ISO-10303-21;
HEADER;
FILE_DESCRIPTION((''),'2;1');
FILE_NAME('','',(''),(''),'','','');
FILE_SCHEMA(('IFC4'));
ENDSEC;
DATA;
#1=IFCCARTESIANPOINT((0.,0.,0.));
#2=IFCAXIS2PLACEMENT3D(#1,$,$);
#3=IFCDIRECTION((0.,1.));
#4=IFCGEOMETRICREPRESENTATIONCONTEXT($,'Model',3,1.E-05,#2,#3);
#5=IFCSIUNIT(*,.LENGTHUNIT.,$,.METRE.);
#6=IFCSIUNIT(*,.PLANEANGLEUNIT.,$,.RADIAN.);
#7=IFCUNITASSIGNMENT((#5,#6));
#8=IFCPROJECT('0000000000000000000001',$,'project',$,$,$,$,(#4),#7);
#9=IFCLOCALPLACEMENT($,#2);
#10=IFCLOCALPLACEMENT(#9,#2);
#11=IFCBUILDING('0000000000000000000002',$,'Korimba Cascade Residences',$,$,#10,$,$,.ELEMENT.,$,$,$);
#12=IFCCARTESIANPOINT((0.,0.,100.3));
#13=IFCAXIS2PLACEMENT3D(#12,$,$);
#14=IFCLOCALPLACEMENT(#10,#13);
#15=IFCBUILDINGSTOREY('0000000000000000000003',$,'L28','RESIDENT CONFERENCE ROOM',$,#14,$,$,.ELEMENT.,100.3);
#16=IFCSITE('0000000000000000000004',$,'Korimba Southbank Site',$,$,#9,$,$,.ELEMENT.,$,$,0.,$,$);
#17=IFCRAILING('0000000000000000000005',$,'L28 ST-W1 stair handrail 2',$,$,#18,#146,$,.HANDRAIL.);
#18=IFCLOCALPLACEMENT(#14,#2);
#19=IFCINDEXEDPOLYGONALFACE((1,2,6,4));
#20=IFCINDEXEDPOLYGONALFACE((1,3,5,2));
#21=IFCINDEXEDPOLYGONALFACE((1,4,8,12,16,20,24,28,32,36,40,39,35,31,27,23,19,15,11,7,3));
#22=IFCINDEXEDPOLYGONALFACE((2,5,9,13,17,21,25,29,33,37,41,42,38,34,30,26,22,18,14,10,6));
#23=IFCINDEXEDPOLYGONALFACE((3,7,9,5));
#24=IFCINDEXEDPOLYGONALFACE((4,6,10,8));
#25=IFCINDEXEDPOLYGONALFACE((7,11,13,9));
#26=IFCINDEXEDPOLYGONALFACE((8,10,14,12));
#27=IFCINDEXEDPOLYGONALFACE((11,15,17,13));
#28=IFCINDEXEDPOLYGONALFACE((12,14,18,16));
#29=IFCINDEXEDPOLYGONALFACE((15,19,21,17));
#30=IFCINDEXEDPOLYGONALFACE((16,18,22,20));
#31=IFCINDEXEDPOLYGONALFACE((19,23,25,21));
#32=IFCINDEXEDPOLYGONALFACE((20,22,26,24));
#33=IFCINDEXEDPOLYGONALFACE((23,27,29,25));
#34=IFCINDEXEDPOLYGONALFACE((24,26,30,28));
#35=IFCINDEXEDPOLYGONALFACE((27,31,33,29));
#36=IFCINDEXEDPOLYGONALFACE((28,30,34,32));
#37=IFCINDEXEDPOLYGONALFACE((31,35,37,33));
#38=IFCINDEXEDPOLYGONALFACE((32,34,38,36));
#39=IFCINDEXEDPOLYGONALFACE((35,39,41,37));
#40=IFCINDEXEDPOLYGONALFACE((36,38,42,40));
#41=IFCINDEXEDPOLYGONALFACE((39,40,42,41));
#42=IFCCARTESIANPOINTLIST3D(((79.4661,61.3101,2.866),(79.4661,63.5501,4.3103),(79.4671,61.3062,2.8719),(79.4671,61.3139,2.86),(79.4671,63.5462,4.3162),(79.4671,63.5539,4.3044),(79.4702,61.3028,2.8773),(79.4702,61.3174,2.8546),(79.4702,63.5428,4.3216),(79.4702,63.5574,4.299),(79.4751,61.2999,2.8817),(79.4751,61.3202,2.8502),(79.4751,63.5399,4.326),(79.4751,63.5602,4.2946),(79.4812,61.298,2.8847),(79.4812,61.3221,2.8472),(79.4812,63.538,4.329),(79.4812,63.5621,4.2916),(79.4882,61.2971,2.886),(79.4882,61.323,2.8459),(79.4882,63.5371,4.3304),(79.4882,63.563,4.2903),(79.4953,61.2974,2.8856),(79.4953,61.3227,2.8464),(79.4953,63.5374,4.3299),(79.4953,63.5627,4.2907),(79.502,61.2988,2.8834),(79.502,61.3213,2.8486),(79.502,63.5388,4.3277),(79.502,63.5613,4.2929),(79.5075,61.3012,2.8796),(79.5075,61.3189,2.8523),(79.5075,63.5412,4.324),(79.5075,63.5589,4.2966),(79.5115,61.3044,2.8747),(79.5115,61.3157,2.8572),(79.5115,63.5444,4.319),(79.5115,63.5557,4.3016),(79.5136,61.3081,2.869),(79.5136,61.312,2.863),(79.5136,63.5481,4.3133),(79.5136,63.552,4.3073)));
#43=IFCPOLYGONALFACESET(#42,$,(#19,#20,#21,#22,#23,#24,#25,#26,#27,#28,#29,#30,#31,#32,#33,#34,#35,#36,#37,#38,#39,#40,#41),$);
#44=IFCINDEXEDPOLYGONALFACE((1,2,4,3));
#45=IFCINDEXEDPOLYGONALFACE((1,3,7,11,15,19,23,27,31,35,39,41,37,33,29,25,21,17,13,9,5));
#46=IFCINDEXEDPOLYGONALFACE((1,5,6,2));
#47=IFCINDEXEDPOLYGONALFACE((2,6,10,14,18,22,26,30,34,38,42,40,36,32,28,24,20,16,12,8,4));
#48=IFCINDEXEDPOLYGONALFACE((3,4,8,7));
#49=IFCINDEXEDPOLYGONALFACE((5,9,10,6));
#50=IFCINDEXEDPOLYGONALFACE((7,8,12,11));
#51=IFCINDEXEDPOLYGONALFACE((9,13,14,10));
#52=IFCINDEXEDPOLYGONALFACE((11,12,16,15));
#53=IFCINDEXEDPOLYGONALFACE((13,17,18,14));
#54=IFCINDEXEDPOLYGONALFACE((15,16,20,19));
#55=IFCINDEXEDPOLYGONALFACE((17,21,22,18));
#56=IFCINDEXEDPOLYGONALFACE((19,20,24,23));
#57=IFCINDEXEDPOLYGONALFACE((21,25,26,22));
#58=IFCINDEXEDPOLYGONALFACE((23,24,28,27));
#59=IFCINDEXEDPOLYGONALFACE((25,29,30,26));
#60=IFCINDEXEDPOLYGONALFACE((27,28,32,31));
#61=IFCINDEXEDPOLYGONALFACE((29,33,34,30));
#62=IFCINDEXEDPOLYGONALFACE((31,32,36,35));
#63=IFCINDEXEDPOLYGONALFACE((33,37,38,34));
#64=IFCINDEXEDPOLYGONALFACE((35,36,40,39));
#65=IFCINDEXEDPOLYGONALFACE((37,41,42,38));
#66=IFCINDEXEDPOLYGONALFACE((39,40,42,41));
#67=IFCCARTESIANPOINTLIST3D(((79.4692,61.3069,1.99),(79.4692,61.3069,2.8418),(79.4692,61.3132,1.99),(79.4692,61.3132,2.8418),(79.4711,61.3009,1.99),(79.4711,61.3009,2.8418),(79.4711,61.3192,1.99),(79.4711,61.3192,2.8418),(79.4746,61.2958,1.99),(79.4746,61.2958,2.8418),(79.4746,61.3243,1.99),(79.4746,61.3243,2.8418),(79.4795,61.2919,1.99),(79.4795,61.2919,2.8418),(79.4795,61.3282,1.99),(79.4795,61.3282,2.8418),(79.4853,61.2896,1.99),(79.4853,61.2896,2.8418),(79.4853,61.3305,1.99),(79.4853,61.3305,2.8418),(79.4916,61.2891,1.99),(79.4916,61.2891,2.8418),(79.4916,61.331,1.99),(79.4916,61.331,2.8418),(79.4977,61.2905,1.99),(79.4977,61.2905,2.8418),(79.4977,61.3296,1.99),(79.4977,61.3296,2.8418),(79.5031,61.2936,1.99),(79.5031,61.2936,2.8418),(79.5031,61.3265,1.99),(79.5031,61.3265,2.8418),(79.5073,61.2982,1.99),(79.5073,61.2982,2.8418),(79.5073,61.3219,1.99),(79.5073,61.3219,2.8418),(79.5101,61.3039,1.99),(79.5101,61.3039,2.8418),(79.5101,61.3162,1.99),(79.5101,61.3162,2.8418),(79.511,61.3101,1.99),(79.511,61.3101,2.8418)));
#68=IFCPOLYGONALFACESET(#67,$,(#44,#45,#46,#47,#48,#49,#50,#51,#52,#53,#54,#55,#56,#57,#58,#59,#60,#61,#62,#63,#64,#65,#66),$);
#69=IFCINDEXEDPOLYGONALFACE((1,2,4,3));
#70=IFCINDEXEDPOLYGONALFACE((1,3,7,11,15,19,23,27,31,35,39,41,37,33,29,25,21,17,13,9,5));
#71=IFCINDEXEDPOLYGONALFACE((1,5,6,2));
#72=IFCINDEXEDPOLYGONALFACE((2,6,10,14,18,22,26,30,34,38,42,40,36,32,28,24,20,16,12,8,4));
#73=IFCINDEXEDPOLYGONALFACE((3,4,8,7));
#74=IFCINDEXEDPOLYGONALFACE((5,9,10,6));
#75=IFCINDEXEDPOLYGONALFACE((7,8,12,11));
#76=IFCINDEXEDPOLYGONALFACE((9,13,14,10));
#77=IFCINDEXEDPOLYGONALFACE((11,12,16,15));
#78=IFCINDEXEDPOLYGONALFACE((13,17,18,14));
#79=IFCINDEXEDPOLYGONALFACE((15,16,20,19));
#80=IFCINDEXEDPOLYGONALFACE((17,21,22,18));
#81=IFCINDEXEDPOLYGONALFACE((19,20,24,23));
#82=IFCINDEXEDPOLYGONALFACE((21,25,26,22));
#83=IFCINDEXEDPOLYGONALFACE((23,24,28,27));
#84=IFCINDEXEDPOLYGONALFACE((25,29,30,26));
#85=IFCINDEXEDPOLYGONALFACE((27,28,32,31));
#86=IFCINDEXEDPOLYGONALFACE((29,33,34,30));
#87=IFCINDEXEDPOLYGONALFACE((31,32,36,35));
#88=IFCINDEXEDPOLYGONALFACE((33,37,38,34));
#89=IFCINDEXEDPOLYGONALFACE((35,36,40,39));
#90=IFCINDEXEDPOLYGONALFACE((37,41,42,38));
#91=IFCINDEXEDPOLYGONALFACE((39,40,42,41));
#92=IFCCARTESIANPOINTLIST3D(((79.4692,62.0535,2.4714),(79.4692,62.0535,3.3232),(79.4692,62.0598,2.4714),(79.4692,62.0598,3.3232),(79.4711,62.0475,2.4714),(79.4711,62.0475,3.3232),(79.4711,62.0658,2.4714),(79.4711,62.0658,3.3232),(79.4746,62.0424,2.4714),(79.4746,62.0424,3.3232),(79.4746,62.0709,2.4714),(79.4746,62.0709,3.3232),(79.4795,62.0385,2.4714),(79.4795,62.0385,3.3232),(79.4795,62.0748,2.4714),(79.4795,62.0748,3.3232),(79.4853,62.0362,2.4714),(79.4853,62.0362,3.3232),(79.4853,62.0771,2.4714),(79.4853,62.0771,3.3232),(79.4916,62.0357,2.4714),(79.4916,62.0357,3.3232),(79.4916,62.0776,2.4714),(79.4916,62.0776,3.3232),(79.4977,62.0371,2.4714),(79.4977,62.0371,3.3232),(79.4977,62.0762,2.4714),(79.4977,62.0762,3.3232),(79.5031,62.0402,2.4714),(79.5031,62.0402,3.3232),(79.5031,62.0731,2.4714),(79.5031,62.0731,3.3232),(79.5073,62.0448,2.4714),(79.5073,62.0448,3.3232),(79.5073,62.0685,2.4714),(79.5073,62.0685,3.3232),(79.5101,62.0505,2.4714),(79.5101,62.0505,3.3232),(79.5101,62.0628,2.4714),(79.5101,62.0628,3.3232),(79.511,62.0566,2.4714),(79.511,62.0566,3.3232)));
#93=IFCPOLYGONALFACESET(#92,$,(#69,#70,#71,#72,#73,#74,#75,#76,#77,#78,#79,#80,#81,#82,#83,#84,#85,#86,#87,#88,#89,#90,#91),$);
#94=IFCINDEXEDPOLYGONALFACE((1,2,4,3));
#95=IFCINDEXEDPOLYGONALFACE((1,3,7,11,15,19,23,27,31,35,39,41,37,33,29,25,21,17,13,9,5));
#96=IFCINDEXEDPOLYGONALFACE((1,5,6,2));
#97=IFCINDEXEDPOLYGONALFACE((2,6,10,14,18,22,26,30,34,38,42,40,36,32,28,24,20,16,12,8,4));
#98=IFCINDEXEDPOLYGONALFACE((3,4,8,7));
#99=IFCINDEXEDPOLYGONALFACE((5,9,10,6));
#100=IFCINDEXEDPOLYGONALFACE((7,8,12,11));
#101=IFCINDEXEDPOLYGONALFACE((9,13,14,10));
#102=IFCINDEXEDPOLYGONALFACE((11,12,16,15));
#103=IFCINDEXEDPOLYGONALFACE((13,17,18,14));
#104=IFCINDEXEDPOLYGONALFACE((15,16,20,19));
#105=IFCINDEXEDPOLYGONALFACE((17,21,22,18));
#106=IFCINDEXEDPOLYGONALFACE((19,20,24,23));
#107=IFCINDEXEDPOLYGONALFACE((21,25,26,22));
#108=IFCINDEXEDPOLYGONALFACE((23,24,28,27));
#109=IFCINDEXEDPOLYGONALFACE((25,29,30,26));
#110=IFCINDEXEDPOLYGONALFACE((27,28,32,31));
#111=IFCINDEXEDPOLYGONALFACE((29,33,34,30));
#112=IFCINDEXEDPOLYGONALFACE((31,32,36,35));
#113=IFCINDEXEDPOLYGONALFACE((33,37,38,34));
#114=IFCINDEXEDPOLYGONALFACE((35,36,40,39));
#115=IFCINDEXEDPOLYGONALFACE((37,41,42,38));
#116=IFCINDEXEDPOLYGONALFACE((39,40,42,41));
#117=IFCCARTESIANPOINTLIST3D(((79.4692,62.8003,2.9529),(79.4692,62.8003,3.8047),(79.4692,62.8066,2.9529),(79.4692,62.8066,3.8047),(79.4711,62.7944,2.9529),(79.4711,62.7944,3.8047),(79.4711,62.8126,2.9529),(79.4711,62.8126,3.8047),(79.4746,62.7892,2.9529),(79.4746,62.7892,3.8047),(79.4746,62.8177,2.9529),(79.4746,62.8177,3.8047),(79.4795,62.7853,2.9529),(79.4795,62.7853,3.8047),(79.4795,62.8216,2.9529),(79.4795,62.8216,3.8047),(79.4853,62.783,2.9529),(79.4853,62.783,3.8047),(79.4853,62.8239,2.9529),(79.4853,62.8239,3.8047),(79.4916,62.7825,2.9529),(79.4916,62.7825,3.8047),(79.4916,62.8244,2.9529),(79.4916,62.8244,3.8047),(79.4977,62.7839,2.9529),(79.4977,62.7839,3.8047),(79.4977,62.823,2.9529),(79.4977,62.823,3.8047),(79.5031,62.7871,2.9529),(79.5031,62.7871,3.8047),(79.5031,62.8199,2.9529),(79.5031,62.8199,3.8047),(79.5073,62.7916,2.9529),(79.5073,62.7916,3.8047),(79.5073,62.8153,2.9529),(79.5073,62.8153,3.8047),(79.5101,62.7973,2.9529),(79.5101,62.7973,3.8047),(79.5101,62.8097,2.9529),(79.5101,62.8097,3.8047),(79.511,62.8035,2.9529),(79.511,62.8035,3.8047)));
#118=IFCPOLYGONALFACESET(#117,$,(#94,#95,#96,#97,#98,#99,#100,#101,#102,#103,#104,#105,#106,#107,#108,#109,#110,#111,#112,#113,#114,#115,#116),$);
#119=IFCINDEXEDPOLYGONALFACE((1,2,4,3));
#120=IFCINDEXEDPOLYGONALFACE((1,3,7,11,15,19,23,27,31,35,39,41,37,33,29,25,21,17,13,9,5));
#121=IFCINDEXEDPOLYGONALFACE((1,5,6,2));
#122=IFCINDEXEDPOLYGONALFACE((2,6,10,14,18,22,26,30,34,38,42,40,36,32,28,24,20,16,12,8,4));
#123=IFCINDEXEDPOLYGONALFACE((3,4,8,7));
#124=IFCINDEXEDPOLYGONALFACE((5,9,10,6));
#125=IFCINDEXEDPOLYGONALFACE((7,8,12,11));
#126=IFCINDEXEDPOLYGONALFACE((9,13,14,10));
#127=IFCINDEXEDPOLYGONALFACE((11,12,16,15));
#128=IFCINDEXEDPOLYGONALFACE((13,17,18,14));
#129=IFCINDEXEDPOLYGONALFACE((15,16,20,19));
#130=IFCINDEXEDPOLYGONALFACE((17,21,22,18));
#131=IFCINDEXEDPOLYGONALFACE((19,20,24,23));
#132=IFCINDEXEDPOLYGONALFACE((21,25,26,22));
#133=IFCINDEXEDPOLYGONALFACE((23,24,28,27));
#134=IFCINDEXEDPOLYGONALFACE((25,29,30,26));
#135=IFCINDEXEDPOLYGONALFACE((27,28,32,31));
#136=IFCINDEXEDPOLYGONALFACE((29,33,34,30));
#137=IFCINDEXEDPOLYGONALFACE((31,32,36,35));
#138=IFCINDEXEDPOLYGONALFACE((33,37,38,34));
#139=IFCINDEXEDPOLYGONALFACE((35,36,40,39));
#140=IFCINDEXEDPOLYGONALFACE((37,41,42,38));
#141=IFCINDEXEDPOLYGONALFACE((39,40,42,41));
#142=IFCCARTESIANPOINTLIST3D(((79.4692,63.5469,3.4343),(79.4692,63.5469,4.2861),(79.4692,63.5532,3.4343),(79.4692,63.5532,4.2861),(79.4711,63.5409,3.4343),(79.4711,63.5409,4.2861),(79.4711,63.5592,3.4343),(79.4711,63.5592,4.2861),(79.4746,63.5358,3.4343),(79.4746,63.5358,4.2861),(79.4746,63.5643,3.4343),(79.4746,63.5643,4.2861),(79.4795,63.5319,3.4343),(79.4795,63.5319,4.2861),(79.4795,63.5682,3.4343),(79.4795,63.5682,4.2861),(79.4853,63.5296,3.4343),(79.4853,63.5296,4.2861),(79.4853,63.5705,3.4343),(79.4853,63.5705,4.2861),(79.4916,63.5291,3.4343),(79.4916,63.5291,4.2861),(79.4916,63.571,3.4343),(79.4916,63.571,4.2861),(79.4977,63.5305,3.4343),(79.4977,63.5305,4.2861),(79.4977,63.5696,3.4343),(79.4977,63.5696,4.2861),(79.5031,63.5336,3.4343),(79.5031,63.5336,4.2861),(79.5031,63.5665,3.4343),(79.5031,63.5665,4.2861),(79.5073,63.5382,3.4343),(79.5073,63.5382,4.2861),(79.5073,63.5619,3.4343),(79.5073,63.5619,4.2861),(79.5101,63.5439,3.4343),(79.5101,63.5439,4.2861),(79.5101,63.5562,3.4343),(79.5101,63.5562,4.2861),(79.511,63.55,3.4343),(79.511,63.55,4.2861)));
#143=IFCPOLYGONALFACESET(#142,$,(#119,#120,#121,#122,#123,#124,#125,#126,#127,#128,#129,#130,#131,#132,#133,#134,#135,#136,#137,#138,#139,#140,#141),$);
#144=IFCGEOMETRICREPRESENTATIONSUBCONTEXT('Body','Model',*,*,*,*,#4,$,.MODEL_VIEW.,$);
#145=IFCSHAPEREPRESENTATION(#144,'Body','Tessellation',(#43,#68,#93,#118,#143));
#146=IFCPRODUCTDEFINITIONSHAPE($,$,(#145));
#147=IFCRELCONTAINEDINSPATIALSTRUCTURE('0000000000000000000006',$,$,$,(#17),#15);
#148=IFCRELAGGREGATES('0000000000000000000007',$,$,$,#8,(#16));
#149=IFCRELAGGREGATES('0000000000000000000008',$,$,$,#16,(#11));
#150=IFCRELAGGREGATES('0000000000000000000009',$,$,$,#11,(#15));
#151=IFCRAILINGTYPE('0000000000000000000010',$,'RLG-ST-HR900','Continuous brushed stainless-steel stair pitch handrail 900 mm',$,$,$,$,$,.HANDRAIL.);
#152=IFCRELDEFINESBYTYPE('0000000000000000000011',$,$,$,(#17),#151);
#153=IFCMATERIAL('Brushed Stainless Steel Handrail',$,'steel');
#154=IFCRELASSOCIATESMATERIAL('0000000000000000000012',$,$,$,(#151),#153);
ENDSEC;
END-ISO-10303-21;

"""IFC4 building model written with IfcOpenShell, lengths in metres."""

from ifc_helpers import new_model, si_unit, direction, frame, origin, origin_2d, place, context, subcontext, project, spatial, circle, extrude, material, type_object, element, save


model = new_model("IFC4")

# Units and contexts
model_context = context("Model", 3, precision=1e-05, world=origin(), true_north=direction((0.0, 1.0)))
body_context = subcontext(model_context, "Body", "Model", "MODEL_VIEW")
ifc_project = project(units=[si_unit("LENGTHUNIT", "METRE"), si_unit("PLANEANGLEUNIT", "RADIAN")], contexts=[model_context])

# Site, building, storey
site_placement = place(None, origin())
site = spatial("IfcSite", under=ifc_project, at=site_placement, Name="Korimba Southbank Site", CompositionType="ELEMENT", RefElevation=0.0)
building_placement = place(site_placement, origin())
building = spatial("IfcBuilding", under=site, at=building_placement, Name="Korimba Cascade Residences", CompositionType="ELEMENT")
storey_placement = place(building_placement, frame((0.0, 0.0, 100.3)))
storey = spatial("IfcBuildingStorey", under=building, at=storey_placement, Name="L28", Description="RESIDENT CONFERENCE ROOM", CompositionType="ELEMENT", Elevation=100.3)

# Railing
ifc_material_1 = material(Name="Brushed Stainless Steel Handrail", Category="steel")
railing_type_1 = type_object("IfcRailingType", Name="RLG-ST-HR900", Description="Continuous brushed stainless-steel stair pitch handrail 900 mm", PredefinedType="HANDRAIL", material=ifc_material_1)
railing_1_placement = place(storey_placement, frame((79.49, 61.3101, 1.99)))
element("IfcRailing", 1, at=railing_1_placement, inside=storey, type_object=railing_type_1, Name="L28 ST-W1 stair handrail 2", PredefinedType="HANDRAIL", context=body_context, shape_type="SweptSolid", body=[
    extrude(circle(Radius=0.0239, at=origin_2d()), frame((0.0, 0.0, 0.876), z_axis=(0.0, 0.840437, 0.54191), x_axis=(-1.0, 0.0, 0.0)), (0.0, 0.0, 1.0), 2.6653),
    extrude(circle(Radius=0.021, at=origin_2d()), origin(), (0.0, 0.0, 1.0), 0.8518),
    extrude(circle(Radius=0.021, at=origin_2d()), frame((0.0, 0.7466, 0.4814)), (0.0, 0.0, 1.0), 0.8518),
    extrude(circle(Radius=0.021, at=origin_2d()), frame((0.0, 1.4934, 0.9629)), (0.0, 0.0, 1.0), 0.8518),
    extrude(circle(Radius=0.021, at=origin_2d()), frame((0.0, 2.24, 1.4443)), (0.0, 0.0, 1.0), 0.8518),
])

save(model, "model.ifc")
